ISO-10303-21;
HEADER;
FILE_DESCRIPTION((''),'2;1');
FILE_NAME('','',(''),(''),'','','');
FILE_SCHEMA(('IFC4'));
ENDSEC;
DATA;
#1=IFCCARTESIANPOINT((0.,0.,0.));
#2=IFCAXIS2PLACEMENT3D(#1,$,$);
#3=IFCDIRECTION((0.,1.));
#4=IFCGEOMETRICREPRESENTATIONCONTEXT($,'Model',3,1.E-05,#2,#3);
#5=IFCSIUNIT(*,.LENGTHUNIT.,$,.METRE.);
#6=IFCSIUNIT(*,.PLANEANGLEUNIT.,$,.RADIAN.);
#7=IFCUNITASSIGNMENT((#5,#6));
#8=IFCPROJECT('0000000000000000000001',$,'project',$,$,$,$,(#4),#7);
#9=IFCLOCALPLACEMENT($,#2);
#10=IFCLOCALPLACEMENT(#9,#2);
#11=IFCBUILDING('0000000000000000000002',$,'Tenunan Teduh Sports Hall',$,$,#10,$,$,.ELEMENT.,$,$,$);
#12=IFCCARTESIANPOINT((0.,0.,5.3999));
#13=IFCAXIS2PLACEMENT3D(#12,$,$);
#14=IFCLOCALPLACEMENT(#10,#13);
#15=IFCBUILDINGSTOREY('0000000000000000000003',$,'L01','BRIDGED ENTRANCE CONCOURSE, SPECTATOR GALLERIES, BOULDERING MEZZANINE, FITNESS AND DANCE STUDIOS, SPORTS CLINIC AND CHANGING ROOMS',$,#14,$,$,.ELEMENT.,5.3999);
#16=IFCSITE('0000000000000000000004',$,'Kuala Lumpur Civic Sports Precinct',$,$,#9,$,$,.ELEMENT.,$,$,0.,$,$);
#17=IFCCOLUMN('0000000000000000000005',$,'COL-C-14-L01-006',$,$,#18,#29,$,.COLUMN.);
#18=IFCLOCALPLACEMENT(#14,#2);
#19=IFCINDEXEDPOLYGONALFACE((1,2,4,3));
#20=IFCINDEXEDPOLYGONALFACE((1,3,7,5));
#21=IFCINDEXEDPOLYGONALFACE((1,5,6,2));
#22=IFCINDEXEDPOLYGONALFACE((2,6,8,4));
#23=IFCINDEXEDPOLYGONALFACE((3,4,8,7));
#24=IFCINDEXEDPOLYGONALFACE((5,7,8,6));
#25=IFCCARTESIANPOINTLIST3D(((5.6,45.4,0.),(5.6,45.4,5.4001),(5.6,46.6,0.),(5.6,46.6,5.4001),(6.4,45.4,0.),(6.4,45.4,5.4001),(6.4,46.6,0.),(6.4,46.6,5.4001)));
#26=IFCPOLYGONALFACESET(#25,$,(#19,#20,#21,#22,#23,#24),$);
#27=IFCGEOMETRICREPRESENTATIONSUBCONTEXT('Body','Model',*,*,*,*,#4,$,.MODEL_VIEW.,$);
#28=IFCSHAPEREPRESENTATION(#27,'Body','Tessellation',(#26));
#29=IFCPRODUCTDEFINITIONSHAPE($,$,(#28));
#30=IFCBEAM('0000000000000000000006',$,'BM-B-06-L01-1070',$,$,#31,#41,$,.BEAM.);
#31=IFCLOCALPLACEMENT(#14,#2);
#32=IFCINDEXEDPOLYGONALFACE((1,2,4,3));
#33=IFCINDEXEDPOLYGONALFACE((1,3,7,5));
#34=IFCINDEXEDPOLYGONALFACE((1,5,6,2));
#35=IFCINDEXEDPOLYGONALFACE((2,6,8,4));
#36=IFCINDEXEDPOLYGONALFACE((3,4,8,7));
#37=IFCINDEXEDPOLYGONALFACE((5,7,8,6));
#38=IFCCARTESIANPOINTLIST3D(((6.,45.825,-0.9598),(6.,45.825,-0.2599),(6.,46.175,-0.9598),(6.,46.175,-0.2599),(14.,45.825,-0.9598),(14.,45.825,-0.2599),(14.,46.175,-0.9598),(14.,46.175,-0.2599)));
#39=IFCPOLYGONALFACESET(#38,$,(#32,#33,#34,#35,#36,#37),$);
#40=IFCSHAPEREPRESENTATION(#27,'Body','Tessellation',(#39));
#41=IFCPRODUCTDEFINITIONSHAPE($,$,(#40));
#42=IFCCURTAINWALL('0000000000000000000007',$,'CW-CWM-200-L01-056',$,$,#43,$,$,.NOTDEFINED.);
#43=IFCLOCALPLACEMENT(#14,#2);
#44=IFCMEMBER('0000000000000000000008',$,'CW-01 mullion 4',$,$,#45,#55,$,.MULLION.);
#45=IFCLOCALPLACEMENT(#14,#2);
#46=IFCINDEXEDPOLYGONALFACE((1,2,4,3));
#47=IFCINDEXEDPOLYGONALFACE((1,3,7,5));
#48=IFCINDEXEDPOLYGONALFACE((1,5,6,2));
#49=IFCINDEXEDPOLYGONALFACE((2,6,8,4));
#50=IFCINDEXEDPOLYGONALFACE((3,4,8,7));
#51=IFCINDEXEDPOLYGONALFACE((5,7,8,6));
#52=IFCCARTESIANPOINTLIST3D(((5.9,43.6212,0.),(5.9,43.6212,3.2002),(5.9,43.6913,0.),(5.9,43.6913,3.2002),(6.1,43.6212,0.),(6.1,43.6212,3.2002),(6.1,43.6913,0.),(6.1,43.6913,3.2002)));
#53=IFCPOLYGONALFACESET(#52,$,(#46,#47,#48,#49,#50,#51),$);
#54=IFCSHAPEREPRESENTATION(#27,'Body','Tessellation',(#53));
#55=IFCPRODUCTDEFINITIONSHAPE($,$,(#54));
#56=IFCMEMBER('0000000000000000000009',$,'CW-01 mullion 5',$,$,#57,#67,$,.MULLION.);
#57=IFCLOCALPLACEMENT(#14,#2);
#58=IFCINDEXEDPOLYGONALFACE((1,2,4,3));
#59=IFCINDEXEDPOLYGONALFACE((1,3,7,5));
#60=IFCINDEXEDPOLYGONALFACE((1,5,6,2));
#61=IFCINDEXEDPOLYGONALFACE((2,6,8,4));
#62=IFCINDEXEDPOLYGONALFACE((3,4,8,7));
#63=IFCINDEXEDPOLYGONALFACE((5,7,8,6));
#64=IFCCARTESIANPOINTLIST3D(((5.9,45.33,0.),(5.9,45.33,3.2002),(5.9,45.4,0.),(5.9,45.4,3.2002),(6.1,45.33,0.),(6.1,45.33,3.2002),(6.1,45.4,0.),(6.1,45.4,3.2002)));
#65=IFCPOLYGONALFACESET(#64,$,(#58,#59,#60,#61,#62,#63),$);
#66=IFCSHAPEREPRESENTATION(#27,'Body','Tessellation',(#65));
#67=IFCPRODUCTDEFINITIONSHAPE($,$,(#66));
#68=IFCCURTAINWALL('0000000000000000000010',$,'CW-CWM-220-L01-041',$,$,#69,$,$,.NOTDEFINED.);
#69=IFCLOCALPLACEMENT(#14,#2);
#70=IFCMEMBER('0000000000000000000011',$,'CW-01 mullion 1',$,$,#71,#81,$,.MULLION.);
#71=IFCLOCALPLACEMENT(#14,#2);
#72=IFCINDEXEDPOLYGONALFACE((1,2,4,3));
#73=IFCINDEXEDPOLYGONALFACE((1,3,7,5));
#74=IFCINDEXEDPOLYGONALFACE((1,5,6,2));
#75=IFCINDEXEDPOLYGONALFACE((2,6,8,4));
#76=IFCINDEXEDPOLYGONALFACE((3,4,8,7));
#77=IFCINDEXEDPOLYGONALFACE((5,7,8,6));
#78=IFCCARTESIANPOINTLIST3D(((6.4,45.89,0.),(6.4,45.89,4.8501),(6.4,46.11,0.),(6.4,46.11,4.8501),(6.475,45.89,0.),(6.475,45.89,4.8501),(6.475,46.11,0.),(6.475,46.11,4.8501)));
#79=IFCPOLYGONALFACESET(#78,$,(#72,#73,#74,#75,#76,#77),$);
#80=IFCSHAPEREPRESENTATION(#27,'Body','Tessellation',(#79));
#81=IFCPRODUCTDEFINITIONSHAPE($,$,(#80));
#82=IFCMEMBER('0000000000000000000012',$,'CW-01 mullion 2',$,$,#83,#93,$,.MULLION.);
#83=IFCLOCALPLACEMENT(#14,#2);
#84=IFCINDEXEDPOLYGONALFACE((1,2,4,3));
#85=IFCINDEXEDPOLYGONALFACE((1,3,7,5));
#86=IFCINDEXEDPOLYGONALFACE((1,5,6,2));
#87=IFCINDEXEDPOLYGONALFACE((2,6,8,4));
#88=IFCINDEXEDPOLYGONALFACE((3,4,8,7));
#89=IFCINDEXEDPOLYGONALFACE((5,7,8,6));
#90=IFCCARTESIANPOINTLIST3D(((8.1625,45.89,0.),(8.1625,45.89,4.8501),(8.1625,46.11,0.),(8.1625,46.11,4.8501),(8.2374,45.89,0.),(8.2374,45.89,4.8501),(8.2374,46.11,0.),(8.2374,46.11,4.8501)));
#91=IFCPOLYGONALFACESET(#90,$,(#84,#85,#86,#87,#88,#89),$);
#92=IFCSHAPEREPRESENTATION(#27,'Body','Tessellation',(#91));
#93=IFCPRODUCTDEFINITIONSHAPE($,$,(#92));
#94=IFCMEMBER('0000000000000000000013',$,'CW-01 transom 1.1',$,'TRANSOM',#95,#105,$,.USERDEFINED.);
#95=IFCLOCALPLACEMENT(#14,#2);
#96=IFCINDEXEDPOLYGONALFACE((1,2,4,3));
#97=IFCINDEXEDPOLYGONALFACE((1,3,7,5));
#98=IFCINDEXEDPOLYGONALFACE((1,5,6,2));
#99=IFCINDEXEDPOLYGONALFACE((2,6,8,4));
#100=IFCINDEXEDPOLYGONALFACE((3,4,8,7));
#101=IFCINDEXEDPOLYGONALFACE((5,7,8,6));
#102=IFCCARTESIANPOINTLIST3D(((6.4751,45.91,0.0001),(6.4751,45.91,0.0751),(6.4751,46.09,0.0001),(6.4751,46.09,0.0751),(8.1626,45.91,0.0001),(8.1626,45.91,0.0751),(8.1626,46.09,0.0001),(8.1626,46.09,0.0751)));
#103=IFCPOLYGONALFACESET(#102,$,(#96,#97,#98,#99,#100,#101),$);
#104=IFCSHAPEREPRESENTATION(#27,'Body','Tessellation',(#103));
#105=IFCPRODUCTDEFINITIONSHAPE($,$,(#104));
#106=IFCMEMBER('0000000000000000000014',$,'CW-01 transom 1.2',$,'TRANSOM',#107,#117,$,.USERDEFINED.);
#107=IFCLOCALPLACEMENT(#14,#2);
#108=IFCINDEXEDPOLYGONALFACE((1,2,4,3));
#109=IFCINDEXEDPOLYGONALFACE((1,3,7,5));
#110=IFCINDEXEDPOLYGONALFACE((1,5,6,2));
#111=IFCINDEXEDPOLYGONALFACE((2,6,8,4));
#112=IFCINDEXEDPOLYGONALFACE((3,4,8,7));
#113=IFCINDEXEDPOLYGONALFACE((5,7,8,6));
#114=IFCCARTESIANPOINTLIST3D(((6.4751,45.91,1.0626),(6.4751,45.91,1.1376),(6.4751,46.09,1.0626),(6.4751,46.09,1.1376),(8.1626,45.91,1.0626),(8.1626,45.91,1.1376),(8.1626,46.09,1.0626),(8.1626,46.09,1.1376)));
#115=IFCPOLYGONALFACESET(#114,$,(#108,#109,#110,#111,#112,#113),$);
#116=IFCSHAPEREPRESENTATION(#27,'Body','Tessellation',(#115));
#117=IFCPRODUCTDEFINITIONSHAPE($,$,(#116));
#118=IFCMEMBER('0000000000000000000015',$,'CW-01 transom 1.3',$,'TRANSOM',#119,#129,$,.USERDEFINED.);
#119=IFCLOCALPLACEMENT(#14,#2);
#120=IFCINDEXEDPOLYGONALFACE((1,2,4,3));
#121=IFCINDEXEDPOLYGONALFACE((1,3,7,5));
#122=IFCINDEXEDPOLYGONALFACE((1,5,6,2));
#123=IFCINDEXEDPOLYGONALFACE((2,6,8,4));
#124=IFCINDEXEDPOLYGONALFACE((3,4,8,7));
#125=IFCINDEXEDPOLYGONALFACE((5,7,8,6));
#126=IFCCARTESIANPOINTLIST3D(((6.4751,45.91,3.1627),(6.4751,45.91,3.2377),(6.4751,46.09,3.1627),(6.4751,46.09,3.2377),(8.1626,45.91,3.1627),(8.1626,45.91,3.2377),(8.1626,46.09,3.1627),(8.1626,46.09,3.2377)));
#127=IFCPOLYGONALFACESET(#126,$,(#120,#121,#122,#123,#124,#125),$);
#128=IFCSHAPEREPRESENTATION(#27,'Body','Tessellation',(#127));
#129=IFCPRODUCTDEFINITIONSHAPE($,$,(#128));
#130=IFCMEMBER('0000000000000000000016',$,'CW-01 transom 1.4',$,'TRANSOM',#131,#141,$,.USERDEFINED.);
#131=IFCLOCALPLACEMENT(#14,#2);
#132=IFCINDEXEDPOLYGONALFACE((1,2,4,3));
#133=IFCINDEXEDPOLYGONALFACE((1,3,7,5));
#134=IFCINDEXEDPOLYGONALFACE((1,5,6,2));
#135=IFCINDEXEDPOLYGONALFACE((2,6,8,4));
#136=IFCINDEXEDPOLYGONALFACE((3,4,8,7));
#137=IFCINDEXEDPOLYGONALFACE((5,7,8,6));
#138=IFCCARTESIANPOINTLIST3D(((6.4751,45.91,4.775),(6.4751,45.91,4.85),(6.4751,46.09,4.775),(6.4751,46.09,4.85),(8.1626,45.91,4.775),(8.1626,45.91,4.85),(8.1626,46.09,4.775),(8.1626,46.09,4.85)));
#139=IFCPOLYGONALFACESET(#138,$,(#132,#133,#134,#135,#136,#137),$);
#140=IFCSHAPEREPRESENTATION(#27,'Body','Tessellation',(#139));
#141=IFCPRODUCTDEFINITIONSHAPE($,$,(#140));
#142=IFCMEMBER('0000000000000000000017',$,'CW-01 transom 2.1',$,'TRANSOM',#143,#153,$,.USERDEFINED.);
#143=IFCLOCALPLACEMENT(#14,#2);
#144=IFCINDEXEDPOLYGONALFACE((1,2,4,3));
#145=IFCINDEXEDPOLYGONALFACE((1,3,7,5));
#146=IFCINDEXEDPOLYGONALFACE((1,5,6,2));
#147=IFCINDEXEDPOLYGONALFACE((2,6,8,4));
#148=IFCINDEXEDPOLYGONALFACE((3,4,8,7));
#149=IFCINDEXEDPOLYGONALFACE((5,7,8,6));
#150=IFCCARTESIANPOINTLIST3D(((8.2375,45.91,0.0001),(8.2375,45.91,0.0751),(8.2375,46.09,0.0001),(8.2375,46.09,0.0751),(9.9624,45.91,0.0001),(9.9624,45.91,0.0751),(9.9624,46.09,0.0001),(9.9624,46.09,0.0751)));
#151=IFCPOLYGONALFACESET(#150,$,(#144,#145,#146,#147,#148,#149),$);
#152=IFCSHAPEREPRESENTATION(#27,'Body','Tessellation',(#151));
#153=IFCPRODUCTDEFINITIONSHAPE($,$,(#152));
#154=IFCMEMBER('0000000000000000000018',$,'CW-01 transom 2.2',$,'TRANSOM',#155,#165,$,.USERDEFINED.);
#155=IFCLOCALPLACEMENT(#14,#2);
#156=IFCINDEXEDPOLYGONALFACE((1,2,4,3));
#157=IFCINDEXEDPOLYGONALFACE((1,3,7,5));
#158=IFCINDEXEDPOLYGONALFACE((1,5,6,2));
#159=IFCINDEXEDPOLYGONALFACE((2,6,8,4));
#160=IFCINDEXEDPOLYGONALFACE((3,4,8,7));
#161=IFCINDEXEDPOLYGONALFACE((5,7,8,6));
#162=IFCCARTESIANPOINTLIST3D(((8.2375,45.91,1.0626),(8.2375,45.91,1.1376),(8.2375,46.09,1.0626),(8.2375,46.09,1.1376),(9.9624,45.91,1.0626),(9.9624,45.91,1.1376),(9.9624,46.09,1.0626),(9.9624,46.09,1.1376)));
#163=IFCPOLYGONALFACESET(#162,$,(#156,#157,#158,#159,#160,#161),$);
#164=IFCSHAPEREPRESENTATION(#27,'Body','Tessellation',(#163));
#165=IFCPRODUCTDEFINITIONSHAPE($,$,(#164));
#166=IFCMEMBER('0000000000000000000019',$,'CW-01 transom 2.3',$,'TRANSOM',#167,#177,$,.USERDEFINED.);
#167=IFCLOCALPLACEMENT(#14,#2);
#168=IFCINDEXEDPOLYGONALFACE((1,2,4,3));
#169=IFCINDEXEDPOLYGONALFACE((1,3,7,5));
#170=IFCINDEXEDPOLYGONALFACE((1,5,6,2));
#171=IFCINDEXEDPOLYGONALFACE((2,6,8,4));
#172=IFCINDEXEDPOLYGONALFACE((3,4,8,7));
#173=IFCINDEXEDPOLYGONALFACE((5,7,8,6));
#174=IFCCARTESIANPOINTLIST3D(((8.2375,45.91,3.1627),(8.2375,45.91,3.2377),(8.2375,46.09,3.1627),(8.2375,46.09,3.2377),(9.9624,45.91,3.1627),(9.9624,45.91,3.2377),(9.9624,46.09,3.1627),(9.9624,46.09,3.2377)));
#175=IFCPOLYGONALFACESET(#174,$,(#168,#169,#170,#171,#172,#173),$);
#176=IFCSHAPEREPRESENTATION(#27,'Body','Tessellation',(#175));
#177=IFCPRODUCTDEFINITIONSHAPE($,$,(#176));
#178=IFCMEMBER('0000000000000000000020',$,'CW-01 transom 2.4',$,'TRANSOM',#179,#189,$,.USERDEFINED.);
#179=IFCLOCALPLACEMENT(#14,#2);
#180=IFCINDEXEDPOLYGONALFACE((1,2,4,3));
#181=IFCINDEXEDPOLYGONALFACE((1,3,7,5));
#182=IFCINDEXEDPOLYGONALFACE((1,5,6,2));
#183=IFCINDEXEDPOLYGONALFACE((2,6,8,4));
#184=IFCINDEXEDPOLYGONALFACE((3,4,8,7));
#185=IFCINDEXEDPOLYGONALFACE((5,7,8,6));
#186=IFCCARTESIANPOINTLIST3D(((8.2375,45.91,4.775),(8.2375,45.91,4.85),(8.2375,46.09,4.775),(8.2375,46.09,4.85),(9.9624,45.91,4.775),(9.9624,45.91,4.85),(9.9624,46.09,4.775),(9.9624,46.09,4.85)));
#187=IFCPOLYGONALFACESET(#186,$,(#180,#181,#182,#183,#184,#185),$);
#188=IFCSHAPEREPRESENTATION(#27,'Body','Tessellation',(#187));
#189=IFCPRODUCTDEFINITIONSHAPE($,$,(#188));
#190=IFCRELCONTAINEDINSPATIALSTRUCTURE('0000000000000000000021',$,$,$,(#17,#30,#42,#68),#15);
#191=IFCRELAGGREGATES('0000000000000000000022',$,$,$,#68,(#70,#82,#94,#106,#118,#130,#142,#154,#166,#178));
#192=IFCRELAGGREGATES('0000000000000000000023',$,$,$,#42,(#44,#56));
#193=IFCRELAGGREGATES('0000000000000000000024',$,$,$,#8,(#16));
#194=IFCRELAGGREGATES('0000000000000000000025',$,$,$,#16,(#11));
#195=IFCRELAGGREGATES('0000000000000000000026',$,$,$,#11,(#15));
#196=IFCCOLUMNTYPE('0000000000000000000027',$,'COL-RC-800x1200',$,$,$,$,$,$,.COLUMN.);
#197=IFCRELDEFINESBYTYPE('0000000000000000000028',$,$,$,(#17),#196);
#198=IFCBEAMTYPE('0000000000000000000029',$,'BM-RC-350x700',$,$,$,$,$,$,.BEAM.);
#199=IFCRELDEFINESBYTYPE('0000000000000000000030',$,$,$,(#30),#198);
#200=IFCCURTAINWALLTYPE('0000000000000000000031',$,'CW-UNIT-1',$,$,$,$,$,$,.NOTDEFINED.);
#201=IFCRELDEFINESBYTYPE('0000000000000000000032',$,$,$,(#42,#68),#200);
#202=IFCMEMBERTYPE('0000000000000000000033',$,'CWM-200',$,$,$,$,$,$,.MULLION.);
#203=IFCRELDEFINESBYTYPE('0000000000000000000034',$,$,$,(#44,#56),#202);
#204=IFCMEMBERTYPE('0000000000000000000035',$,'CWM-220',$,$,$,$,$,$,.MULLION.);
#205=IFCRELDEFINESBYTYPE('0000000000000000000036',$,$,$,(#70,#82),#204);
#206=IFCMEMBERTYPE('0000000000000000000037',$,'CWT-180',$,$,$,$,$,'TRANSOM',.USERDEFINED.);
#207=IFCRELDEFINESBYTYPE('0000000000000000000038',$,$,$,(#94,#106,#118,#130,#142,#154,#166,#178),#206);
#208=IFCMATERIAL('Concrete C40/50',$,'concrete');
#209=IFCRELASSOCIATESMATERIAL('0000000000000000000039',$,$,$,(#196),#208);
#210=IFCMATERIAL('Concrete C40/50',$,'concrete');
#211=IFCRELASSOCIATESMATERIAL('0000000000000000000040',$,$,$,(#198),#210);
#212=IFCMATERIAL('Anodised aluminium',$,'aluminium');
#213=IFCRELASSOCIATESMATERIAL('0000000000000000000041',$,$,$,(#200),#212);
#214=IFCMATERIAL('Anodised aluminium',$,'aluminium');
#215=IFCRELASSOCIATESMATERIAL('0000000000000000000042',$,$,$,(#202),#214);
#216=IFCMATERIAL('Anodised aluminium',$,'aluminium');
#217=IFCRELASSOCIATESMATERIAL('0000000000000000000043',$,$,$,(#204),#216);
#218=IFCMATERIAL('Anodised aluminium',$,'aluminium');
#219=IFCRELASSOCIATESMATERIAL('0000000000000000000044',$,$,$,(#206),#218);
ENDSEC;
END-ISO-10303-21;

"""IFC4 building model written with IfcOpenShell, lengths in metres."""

from ifc_helpers import new_model, si_unit, direction, frame, origin, origin_2d, place, context, subcontext, project, spatial, rectangle, extrude, material, material_profile, profile_set, type_object, element, aggregate, save


model = new_model("IFC4")

# Units and contexts
model_context = context("Model", 3, precision=1e-05, world=origin(), true_north=direction((0.0, 1.0)))
body_context = subcontext(model_context, "Body", "Model", "MODEL_VIEW")
ifc_project = project(units=[si_unit("LENGTHUNIT", "METRE"), si_unit("PLANEANGLEUNIT", "RADIAN")], contexts=[model_context])

# Site, building, storey
site_placement = place(None, origin())
site = spatial("IfcSite", under=ifc_project, at=site_placement, Name="Kuala Lumpur Civic Sports Precinct", CompositionType="ELEMENT", RefElevation=0.0)
building_placement = place(site_placement, origin())
building = spatial("IfcBuilding", under=site, at=building_placement, Name="Tenunan Teduh Sports Hall", CompositionType="ELEMENT")
storey_placement = place(building_placement, frame((0.0, 0.0, 5.3999)))
storey = spatial("IfcBuildingStorey", under=building, at=storey_placement, Name="L01", Description="BRIDGED ENTRANCE CONCOURSE, SPECTATOR GALLERIES, BOULDERING MEZZANINE, FITNESS AND DANCE STUDIOS, SPORTS CLINIC AND CHANGING ROOMS", CompositionType="ELEMENT", Elevation=5.3999)

# Column
ifc_material_1 = material(Name="Concrete C40/50", Category="concrete")
ifc_material_profile_1 = material_profile(ifc_material_1, rectangle(XDim=0.8, YDim=1.2, at=origin_2d()), Name="RC 800x1200")
ifc_profile_set_1 = profile_set([ifc_material_profile_1], Name="Concrete C40/50")
column_type = type_object("IfcColumnType", Name="COL-RC-800x1200", PredefinedType="COLUMN", material=ifc_profile_set_1)
column_placement = place(storey_placement, frame((6.0, 46.0, 0.0), z_axis=(0.0, 0.0, 1.0), x_axis=(1.0, 0.0, 0.0)))
element("IfcColumn", 1, at=column_placement, inside=storey, type_object=column_type, Name="COL-C-14-L01-006", PredefinedType="COLUMN", context=body_context, shape_type="SweptSolid", body=[
    extrude(rectangle(XDim=0.8, YDim=1.2, at=origin_2d()), origin(), (0.0, 0.0, 1.0), 5.4001),
])

# Beam
ifc_material_2 = material(Name="Concrete C40/50", Category="concrete")
ifc_material_profile_2 = material_profile(ifc_material_2, rectangle(XDim=0.3501, YDim=0.7, at=origin_2d()), Name="RCB 350x700")
ifc_profile_set_2 = profile_set([ifc_material_profile_2], Name="Concrete C40/50")
beam_type_1 = type_object("IfcBeamType", Name="BM-RC-350x700", PredefinedType="BEAM", material=ifc_profile_set_2)
beam_1_placement = place(storey_placement, frame((6.0, 46.0, -0.6099), z_axis=(1.0, 0.0, 0.0), x_axis=(0.0, 1.0, 0.0)))
element("IfcBeam", 2, at=beam_1_placement, inside=storey, type_object=beam_type_1, Name="BM-B-06-L01-1070", PredefinedType="BEAM", context=body_context, shape_type="SweptSolid", body=[
    extrude(rectangle(XDim=0.3501, YDim=0.7, at=origin_2d()), origin(), (0.0, 0.0, 1.0), 8.0),
])

# Curtain walls, members
ifc_material_3 = material(Name="Anodised aluminium", Category="aluminium")
curtain_wall_type = type_object("IfcCurtainWallType", Name="CW-UNIT-1", PredefinedType="NOTDEFINED", material=ifc_material_3)
curtain_wall_1_placement = place(storey_placement, origin())
curtain_wall_1 = element("IfcCurtainWall", 3, at=curtain_wall_1_placement, inside=storey, type_object=curtain_wall_type, Name="CW-CWM-200-L01-056", PredefinedType="NOTDEFINED")
ifc_material_4 = material(Name="Anodised aluminium", Category="aluminium")
ifc_material_profile_3 = material_profile(ifc_material_4, rectangle(XDim=0.0701, YDim=0.2, at=origin_2d()), Name="CWM 70x200")
ifc_profile_set_3 = profile_set([ifc_material_profile_3], Name="Anodised aluminium")
member_type_1 = type_object("IfcMemberType", Name="CWM-200", PredefinedType="MULLION", material=ifc_profile_set_3)
member_1_placement = place(storey_placement, frame((6.0, 43.6562, 0.0), z_axis=(0.0, 0.0, 1.0), x_axis=(0.0, 1.0, 0.0)))
member_1 = element("IfcMember", 4, at=member_1_placement, type_object=member_type_1, Name="CW-01 mullion 4", PredefinedType="MULLION", context=body_context, shape_type="SweptSolid", body=[
    extrude(rectangle(XDim=0.0701, YDim=0.2, at=origin_2d()), origin(), (0.0, 0.0, 1.0), 3.2002),
])
member_2_placement = place(storey_placement, frame((6.0, 45.365, 0.0), z_axis=(0.0, 0.0, 1.0), x_axis=(0.0, 1.0, 0.0)))
member_2 = element("IfcMember", 5, at=member_2_placement, type_object=member_type_1, Name="CW-01 mullion 5", PredefinedType="MULLION", context=body_context, shape_type="SweptSolid", body=[
    extrude(rectangle(XDim=0.0701, YDim=0.2, at=origin_2d()), origin(), (0.0, 0.0, 1.0), 3.2002),
])
curtain_wall_2_placement = place(storey_placement, origin())
curtain_wall_2 = element("IfcCurtainWall", 6, at=curtain_wall_2_placement, inside=storey, type_object=curtain_wall_type, Name="CW-CWM-220-L01-041", PredefinedType="NOTDEFINED")
ifc_material_5 = material(Name="Anodised aluminium", Category="aluminium")
ifc_material_profile_4 = material_profile(ifc_material_5, rectangle(XDim=0.075, YDim=0.22, at=origin_2d()), Name="CWM 75x220")
ifc_profile_set_4 = profile_set([ifc_material_profile_4], Name="Anodised aluminium")
member_type_2 = type_object("IfcMemberType", Name="CWM-220", PredefinedType="MULLION", material=ifc_profile_set_4)
member_3_placement = place(storey_placement, frame((6.4375, 46.0, 0.0), z_axis=(0.0, 0.0, 1.0), x_axis=(1.0, 0.0, 0.0)))
member_3 = element("IfcMember", 7, at=member_3_placement, type_object=member_type_2, Name="CW-01 mullion 1", PredefinedType="MULLION", context=body_context, shape_type="SweptSolid", body=[
    extrude(rectangle(XDim=0.075, YDim=0.22, at=origin_2d()), origin(), (0.0, 0.0, 1.0), 4.8501),
])
member_4_placement = place(storey_placement, frame((8.2, 46.0, 0.0), z_axis=(0.0, 0.0, 1.0), x_axis=(1.0, 0.0, 0.0)))
member_4 = element("IfcMember", 8, at=member_4_placement, type_object=member_type_2, Name="CW-01 mullion 2", PredefinedType="MULLION", context=body_context, shape_type="SweptSolid", body=[
    extrude(rectangle(XDim=0.075, YDim=0.22, at=origin_2d()), origin(), (0.0, 0.0, 1.0), 4.8501),
])
ifc_material_6 = material(Name="Anodised aluminium", Category="aluminium")
ifc_material_profile_5 = material_profile(ifc_material_6, rectangle(XDim=0.075, YDim=0.1799, at=origin_2d()), Name="CWT 75x180")
ifc_profile_set_5 = profile_set([ifc_material_profile_5], Name="Anodised aluminium")
member_type_3 = type_object("IfcMemberType", Name="CWT-180", ElementType="TRANSOM", PredefinedType="USERDEFINED", material=ifc_profile_set_5)
member_5_placement = place(storey_placement, frame((6.4751, 46.0, 0.0376), z_axis=(1.0, 0.0, 0.0), x_axis=(0.0, 0.0, 1.0)))
member_5 = element("IfcMember", 9, at=member_5_placement, type_object=member_type_3, Name="CW-01 transom 1.1", ObjectType="TRANSOM", PredefinedType="USERDEFINED", context=body_context, shape_type="SweptSolid", body=[
    extrude(rectangle(XDim=0.075, YDim=0.1799, at=origin_2d()), origin(), (0.0, 0.0, 1.0), 1.6875),
])
member_6_placement = place(storey_placement, frame((6.4751, 46.0, 1.1001), z_axis=(1.0, 0.0, 0.0), x_axis=(0.0, 0.0, 1.0)))
member_6 = element("IfcMember", 10, at=member_6_placement, type_object=member_type_3, Name="CW-01 transom 1.2", ObjectType="TRANSOM", PredefinedType="USERDEFINED", context=body_context, shape_type="SweptSolid", body=[
    extrude(rectangle(XDim=0.075, YDim=0.1799, at=origin_2d()), origin(), (0.0, 0.0, 1.0), 1.6875),
])
member_7_placement = place(storey_placement, frame((6.4751, 46.0, 3.2002), z_axis=(1.0, 0.0, 0.0), x_axis=(0.0, 0.0, 1.0)))
member_7 = element("IfcMember", 11, at=member_7_placement, type_object=member_type_3, Name="CW-01 transom 1.3", ObjectType="TRANSOM", PredefinedType="USERDEFINED", context=body_context, shape_type="SweptSolid", body=[
    extrude(rectangle(XDim=0.075, YDim=0.1799, at=origin_2d()), origin(), (0.0, 0.0, 1.0), 1.6875),
])
member_8_placement = place(storey_placement, frame((6.4751, 46.0, 4.8125), z_axis=(1.0, 0.0, 0.0), x_axis=(0.0, 0.0, 1.0)))
member_8 = element("IfcMember", 12, at=member_8_placement, type_object=member_type_3, Name="CW-01 transom 1.4", ObjectType="TRANSOM", PredefinedType="USERDEFINED", context=body_context, shape_type="SweptSolid", body=[
    extrude(rectangle(XDim=0.075, YDim=0.1799, at=origin_2d()), origin(), (0.0, 0.0, 1.0), 1.6875),
])
member_9_placement = place(storey_placement, frame((8.2375, 46.0, 0.0376), z_axis=(1.0, 0.0, 0.0), x_axis=(0.0, 0.0, 1.0)))
member_9 = element("IfcMember", 13, at=member_9_placement, type_object=member_type_3, Name="CW-01 transom 2.1", ObjectType="TRANSOM", PredefinedType="USERDEFINED", context=body_context, shape_type="SweptSolid", body=[
    extrude(rectangle(XDim=0.075, YDim=0.1799, at=origin_2d()), origin(), (0.0, 0.0, 1.0), 1.7249),
])
member_10_placement = place(storey_placement, frame((8.2375, 46.0, 1.1001), z_axis=(1.0, 0.0, 0.0), x_axis=(0.0, 0.0, 1.0)))
member_10 = element("IfcMember", 14, at=member_10_placement, type_object=member_type_3, Name="CW-01 transom 2.2", ObjectType="TRANSOM", PredefinedType="USERDEFINED", context=body_context, shape_type="SweptSolid", body=[
    extrude(rectangle(XDim=0.075, YDim=0.1799, at=origin_2d()), origin(), (0.0, 0.0, 1.0), 1.7249),
])
member_11_placement = place(storey_placement, frame((8.2375, 46.0, 3.2002), z_axis=(1.0, 0.0, 0.0), x_axis=(0.0, 0.0, 1.0)))
member_11 = element("IfcMember", 15, at=member_11_placement, type_object=member_type_3, Name="CW-01 transom 2.3", ObjectType="TRANSOM", PredefinedType="USERDEFINED", context=body_context, shape_type="SweptSolid", body=[
    extrude(rectangle(XDim=0.075, YDim=0.1799, at=origin_2d()), origin(), (0.0, 0.0, 1.0), 1.7249),
])
member_12_placement = place(storey_placement, frame((8.2375, 46.0, 4.8125), z_axis=(1.0, 0.0, 0.0), x_axis=(0.0, 0.0, 1.0)))
member_12 = element("IfcMember", 16, at=member_12_placement, type_object=member_type_3, Name="CW-01 transom 2.4", ObjectType="TRANSOM", PredefinedType="USERDEFINED", context=body_context, shape_type="SweptSolid", body=[
    extrude(rectangle(XDim=0.075, YDim=0.1799, at=origin_2d()), origin(), (0.0, 0.0, 1.0), 1.7249),
])

aggregate(curtain_wall_2, [member_3, member_4, member_5, member_6, member_7, member_8, member_9, member_10, member_11, member_12])
aggregate(curtain_wall_1, [member_1, member_2])

save(model, "model.ifc")
